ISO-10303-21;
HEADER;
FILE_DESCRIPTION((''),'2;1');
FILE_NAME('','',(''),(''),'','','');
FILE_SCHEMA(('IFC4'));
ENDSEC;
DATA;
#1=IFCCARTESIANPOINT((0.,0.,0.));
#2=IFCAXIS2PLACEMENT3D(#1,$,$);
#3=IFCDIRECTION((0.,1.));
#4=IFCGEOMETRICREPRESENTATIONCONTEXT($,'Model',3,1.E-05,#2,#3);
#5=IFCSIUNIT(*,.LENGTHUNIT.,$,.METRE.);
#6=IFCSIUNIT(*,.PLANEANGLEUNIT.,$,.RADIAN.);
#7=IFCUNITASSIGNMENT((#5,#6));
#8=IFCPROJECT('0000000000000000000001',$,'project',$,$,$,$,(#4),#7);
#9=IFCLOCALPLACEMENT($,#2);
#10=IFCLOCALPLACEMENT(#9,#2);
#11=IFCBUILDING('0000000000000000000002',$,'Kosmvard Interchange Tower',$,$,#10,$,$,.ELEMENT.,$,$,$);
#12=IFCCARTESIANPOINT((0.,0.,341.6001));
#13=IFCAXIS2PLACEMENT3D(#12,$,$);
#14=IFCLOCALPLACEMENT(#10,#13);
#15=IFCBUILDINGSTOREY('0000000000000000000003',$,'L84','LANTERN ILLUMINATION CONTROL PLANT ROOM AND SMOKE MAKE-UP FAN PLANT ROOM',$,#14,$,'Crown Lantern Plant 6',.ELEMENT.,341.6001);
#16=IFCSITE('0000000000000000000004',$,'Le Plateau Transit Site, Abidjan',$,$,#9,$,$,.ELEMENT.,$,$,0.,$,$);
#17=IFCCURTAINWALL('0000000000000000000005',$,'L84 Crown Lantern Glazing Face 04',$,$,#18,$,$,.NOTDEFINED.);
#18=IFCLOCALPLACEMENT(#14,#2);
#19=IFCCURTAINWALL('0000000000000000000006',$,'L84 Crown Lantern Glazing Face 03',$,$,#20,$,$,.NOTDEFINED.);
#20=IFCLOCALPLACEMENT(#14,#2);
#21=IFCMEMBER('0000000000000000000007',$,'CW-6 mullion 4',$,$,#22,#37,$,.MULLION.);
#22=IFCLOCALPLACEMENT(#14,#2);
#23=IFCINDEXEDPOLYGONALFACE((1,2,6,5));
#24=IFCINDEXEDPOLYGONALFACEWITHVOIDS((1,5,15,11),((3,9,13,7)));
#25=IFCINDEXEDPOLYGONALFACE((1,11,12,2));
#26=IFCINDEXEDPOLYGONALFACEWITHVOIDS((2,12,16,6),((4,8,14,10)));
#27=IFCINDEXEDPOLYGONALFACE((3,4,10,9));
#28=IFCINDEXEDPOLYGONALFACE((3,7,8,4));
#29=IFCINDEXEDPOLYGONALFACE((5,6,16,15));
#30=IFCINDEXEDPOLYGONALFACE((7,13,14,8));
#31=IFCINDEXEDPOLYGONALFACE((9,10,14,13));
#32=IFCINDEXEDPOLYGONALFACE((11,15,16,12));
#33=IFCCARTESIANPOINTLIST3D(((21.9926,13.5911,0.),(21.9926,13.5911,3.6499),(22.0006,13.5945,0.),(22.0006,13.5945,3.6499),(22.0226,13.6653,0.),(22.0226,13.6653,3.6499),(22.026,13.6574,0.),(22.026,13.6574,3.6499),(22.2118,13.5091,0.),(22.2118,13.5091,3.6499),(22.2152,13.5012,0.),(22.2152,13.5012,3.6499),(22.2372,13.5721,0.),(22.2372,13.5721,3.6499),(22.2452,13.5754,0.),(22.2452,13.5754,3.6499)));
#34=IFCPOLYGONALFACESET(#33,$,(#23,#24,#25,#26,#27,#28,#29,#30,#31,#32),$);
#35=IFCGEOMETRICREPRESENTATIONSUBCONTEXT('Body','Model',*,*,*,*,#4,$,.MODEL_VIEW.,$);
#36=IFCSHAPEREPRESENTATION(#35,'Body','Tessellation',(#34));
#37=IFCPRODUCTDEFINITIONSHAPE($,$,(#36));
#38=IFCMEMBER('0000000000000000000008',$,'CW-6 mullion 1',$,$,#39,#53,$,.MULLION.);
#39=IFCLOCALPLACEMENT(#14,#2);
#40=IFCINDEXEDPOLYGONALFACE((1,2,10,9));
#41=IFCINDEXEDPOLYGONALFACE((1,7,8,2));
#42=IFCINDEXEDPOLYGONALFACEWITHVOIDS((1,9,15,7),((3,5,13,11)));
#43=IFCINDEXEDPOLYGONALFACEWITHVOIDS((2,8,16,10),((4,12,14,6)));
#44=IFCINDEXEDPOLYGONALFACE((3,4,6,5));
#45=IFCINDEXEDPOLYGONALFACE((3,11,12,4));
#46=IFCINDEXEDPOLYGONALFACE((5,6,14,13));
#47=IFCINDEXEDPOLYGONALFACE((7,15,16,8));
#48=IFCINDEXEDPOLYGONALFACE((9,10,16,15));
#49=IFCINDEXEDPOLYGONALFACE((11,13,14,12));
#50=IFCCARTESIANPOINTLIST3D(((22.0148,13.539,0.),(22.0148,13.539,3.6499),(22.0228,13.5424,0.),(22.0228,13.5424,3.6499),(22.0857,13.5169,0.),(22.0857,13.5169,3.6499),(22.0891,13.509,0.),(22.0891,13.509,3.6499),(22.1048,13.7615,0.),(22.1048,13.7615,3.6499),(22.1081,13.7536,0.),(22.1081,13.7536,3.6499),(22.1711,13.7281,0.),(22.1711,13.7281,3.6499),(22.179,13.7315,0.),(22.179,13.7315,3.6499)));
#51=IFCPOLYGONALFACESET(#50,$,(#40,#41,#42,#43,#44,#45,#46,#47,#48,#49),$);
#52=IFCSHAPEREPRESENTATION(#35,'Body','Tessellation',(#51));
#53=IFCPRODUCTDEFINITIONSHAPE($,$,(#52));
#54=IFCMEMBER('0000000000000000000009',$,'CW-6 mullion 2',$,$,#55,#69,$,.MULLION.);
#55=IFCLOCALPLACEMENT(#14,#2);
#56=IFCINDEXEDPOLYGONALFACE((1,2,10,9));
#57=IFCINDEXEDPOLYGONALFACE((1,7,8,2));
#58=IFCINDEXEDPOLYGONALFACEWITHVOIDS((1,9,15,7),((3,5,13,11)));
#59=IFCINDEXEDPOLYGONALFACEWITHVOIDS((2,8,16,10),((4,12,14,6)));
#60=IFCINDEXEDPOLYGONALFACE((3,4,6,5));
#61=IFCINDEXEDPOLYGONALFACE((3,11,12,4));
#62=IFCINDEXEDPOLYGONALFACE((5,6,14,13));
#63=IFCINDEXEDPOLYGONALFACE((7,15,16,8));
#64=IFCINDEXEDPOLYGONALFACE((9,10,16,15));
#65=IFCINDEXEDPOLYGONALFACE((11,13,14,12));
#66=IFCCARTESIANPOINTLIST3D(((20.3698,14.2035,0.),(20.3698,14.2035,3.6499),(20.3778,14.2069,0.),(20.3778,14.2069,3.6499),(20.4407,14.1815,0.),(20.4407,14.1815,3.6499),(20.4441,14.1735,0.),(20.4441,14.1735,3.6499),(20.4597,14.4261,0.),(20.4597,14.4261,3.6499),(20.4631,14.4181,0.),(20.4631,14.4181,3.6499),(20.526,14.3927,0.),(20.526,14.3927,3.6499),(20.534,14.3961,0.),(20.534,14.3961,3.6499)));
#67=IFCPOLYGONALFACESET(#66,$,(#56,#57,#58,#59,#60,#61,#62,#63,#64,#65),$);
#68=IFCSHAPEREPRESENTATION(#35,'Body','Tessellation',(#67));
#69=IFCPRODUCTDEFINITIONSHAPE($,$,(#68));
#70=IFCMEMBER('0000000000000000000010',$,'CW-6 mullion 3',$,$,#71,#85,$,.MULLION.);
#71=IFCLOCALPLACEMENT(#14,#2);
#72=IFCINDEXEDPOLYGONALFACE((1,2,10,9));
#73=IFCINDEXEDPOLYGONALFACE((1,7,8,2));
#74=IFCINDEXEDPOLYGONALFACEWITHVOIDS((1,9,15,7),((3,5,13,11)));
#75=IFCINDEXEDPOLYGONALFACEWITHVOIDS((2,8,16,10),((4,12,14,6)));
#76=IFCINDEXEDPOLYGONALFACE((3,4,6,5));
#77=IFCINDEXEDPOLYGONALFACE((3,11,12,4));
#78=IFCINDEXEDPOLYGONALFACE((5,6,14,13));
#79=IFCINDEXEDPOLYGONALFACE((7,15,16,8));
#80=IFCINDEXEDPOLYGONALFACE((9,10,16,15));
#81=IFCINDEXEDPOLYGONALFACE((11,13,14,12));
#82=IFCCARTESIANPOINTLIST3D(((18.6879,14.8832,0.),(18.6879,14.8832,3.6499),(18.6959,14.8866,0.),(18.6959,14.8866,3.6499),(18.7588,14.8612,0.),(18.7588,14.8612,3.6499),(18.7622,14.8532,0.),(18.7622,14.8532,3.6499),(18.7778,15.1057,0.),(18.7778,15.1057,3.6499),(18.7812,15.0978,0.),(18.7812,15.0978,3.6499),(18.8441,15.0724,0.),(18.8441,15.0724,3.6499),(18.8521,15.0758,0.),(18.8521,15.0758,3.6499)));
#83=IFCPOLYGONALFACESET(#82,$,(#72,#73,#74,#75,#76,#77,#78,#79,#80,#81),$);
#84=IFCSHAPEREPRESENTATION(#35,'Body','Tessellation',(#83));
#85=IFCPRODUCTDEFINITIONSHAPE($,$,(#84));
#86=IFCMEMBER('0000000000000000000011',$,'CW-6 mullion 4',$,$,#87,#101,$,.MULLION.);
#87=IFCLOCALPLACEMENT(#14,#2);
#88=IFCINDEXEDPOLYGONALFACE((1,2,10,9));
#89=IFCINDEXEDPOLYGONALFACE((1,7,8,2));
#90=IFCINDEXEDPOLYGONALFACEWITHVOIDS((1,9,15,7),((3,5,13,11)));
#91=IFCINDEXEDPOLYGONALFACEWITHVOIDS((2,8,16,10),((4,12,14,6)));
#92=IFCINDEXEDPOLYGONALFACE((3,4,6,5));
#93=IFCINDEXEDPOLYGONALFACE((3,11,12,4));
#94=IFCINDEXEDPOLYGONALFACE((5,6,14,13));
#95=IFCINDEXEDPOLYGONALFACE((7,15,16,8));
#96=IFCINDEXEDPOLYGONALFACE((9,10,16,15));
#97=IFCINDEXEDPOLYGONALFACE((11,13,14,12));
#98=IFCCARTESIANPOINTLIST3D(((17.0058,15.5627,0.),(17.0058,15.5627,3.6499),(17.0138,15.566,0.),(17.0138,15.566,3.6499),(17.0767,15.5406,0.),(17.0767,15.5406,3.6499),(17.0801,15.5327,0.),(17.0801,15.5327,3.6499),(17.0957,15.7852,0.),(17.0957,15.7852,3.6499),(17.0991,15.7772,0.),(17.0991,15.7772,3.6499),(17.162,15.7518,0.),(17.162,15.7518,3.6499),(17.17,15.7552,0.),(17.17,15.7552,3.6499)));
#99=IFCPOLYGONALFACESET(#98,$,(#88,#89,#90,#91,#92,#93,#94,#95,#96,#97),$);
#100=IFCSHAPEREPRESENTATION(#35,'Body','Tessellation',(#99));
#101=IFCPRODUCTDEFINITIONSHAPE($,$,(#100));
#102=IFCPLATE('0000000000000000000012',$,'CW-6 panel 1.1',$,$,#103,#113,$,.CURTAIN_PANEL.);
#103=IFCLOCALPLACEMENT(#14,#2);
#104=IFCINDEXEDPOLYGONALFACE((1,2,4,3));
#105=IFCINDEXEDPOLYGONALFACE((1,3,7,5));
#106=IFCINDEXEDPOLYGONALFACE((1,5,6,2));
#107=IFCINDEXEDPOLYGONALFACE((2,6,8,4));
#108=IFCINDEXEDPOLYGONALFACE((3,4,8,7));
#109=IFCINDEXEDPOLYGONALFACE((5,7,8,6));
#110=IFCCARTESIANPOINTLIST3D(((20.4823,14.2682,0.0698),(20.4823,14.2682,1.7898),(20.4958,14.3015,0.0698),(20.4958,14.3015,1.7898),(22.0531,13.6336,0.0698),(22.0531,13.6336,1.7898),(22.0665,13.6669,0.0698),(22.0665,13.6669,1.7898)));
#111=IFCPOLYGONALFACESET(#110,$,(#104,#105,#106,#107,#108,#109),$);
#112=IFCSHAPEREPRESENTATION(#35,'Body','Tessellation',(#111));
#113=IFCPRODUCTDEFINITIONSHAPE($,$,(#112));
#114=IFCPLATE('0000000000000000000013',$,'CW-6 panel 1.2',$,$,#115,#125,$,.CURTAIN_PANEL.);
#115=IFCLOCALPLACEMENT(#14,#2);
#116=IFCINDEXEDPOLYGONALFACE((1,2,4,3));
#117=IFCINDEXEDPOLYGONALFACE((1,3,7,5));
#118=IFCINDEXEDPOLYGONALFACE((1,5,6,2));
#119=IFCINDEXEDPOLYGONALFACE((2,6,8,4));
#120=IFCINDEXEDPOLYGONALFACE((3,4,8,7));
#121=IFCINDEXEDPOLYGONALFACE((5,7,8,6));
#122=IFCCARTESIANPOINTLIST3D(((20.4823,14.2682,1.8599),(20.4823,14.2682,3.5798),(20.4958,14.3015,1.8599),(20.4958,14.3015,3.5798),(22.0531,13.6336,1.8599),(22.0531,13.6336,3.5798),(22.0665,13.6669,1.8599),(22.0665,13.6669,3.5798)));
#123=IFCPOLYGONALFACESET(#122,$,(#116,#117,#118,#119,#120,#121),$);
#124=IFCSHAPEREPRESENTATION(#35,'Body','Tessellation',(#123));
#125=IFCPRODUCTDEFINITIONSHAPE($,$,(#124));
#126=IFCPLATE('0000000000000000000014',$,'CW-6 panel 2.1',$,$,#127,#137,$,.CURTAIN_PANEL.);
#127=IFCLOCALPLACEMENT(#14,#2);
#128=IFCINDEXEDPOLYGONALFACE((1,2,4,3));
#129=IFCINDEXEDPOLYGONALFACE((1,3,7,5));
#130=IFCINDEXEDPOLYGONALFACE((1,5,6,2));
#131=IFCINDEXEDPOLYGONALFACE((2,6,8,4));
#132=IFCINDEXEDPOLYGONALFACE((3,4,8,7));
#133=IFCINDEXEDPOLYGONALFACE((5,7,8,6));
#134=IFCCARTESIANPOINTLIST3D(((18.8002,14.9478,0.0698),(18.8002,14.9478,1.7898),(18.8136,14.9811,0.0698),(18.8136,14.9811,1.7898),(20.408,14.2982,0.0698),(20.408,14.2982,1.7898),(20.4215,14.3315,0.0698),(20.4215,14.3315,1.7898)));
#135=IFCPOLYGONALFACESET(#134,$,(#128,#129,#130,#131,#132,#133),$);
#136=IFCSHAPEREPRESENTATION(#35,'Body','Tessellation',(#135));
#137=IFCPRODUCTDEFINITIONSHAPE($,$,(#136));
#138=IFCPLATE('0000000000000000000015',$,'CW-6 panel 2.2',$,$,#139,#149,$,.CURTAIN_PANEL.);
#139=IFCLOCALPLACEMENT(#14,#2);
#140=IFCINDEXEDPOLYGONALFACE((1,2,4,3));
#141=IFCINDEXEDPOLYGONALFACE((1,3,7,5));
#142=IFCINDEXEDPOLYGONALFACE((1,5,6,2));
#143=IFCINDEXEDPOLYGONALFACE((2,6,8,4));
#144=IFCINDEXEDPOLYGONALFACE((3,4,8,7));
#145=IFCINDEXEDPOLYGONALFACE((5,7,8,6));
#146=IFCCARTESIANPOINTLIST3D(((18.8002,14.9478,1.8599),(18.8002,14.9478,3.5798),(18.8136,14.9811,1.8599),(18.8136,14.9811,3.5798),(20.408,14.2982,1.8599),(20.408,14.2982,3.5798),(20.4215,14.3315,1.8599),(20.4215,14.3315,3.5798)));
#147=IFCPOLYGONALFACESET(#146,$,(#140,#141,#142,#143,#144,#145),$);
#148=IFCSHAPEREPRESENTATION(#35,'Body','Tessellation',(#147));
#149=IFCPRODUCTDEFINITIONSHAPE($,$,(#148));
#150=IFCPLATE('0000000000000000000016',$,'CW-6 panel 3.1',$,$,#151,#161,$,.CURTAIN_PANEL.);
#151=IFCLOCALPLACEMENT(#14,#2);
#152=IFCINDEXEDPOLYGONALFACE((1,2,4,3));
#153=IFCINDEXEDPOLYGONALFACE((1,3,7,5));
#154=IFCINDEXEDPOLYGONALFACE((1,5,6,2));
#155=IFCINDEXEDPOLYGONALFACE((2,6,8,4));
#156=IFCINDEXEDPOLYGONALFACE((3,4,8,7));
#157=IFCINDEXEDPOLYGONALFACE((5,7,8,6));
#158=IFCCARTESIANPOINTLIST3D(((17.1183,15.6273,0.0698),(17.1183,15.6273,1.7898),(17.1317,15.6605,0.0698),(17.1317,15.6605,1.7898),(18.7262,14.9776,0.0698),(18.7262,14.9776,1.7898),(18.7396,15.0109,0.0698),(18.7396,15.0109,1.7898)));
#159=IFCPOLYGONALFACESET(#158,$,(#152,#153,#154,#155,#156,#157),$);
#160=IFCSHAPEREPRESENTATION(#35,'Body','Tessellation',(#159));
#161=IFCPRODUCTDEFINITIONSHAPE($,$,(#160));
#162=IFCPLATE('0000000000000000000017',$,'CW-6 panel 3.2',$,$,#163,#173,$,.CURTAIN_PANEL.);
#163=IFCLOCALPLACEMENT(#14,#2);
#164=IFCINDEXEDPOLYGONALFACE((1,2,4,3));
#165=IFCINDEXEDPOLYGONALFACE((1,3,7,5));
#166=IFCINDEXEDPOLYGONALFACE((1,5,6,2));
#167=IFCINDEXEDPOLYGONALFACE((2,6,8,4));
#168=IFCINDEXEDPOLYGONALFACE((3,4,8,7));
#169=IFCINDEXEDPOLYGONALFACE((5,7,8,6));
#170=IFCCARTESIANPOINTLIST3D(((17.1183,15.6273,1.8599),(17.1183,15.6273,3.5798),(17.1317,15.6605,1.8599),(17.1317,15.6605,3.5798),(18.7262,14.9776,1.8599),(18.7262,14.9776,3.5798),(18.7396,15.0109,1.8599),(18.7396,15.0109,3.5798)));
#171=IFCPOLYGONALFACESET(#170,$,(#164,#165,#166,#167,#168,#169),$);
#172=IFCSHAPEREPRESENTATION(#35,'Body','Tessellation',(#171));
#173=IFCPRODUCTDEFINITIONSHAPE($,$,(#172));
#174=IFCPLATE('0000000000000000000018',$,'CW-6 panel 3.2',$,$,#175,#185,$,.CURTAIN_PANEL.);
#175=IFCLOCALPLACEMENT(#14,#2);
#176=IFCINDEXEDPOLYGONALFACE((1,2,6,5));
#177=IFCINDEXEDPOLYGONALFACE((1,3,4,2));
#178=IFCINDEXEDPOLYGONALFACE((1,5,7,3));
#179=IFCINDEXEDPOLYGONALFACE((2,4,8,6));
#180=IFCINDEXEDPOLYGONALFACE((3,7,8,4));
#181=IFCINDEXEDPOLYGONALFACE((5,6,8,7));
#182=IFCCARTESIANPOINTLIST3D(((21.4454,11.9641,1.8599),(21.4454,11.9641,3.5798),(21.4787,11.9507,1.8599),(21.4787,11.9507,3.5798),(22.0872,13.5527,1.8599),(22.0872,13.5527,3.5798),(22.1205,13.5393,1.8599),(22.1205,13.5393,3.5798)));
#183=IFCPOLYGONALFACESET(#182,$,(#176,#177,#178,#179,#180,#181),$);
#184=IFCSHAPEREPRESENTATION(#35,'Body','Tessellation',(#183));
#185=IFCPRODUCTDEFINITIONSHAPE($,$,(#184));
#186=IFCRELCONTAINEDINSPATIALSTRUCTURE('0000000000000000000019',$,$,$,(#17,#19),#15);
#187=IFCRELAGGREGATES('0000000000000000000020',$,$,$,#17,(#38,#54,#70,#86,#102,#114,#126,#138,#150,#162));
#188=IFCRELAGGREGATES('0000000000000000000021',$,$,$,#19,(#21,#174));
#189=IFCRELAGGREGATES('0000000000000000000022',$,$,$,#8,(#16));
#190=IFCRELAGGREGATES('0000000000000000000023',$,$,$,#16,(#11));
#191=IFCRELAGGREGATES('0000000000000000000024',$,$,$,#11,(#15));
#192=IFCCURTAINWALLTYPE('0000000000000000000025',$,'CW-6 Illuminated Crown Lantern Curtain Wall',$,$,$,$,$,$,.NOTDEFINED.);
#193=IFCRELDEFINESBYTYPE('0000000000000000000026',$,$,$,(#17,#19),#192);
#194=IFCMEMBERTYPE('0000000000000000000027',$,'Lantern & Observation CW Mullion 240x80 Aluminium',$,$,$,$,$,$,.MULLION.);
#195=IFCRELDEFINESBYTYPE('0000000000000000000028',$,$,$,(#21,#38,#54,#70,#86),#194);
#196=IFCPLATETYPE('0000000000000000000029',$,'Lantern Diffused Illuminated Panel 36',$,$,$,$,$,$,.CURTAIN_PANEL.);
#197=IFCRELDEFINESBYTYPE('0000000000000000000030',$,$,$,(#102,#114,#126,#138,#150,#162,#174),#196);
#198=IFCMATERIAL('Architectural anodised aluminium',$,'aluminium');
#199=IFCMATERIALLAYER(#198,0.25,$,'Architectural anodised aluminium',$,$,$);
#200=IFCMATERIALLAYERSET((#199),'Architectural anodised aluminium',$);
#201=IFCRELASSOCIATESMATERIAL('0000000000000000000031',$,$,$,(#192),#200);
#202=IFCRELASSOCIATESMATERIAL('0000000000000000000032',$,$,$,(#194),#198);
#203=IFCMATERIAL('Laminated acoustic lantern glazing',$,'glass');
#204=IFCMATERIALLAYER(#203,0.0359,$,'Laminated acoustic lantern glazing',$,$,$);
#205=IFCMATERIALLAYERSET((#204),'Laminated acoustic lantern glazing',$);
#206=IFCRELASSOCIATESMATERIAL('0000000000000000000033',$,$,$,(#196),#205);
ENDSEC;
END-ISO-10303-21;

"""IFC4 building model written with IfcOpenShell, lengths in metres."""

from ifc_helpers import new_model, si_unit, direction, frame, origin, origin_2d, place, context, subcontext, project, spatial, rectangle, hollow_rectangle, extrude, source, transform, mapped, material, layer, layer_set, material_profile, profile_set, type_object, element, aggregate, save


model = new_model("IFC4")

# Units and contexts
model_context = context("Model", 3, precision=1e-05, world=origin(), true_north=direction((0.0, 1.0)))
body_context = subcontext(model_context, "Body", "Model", "MODEL_VIEW")
ifc_project = project(units=[si_unit("LENGTHUNIT", "METRE"), si_unit("PLANEANGLEUNIT", "RADIAN")], contexts=[model_context])

# Site, building, storey
site_placement = place(None, origin())
site = spatial("IfcSite", under=ifc_project, at=site_placement, Name="Le Plateau Transit Site, Abidjan", CompositionType="ELEMENT", RefElevation=0.0)
building_placement = place(site_placement, origin())
building = spatial("IfcBuilding", under=site, at=building_placement, Name="Kosmvard Interchange Tower", CompositionType="ELEMENT")
storey_placement = place(building_placement, frame((0.0, 0.0, 341.6001)))
storey = spatial("IfcBuildingStorey", under=building, at=storey_placement, Name="L84", Description="LANTERN ILLUMINATION CONTROL PLANT ROOM AND SMOKE MAKE-UP FAN PLANT ROOM", LongName="Crown Lantern Plant 6", CompositionType="ELEMENT", Elevation=341.6001)

# Curtain wall
ifc_material_1 = material(Name="Architectural anodised aluminium", Category="aluminium")
ifc_layer_1 = layer(ifc_material_1, 0.25, Name="Architectural anodised aluminium")
ifc_layer_set_1 = layer_set([ifc_layer_1], Name="Architectural anodised aluminium")
curtain_wall_type = type_object("IfcCurtainWallType", Name="CW-6 Illuminated Crown Lantern Curtain Wall", PredefinedType="NOTDEFINED", material=ifc_layer_set_1)
curtain_wall_1_placement = place(storey_placement, origin())
curtain_wall_1 = element("IfcCurtainWall", 1, at=curtain_wall_1_placement, inside=storey, type_object=curtain_wall_type, Name="L84 Crown Lantern Glazing Face 04", PredefinedType="NOTDEFINED")

# Curtain wall, member
curtain_wall_2_placement = place(storey_placement, origin())
curtain_wall_2 = element("IfcCurtainWall", 2, at=curtain_wall_2_placement, inside=storey, type_object=curtain_wall_type, Name="L84 Crown Lantern Glazing Face 03", PredefinedType="NOTDEFINED")
ifc_material_profile_1 = material_profile(ifc_material_1, hollow_rectangle(XDim=0.24, YDim=0.0801, WallThickness=0.0061, at=origin_2d()), Name="CWM 240x80x6")
ifc_profile_set_1 = profile_set([ifc_material_profile_1], Name="Architectural anodised aluminium")
member_type_1 = type_object("IfcMemberType", Name="Lantern & Observation CW Mullion 240x80 Aluminium", PredefinedType="MULLION", material=ifc_profile_set_1)
shared_shape_1 = source(origin(), body_context, "Body", "SweptSolid", [
    extrude(hollow_rectangle(XDim=0.24, YDim=0.0801, WallThickness=0.0061, at=origin_2d()), origin(), (0.0, 0.0, 1.0), 3.6499),
])
member_1_placement = place(storey_placement, frame((22.1189, 13.5833, 0.0), z_axis=(0.0, 0.0, 1.0), x_axis=(-0.927184, 0.374607, 0.0)))
member_1 = element("IfcMember", 3, at=member_1_placement, type_object=member_type_1, Name="CW-6 mullion 4", PredefinedType="MULLION", context=body_context, shape_type="MappedRepresentation", body=[
    mapped(shared_shape_1, transform((0.0, 0.0, 0.0), scale=1.0)),
])

# Members
member_2_placement = place(storey_placement, frame((22.0969, 13.6353, 0.0), z_axis=(0.0, 0.0, 1.0), x_axis=(-0.374607, -0.927184, 0.0)))
member_2 = element("IfcMember", 4, at=member_2_placement, type_object=member_type_1, Name="CW-6 mullion 1", PredefinedType="MULLION", context=body_context, shape_type="MappedRepresentation", body=[
    mapped(shared_shape_1, transform((0.0, 0.0, 0.0), scale=1.0)),
])
member_3_placement = place(storey_placement, frame((20.4519, 14.2998, 0.0), z_axis=(0.0, 0.0, 1.0), x_axis=(-0.374607, -0.927184, 0.0)))
member_3 = element("IfcMember", 5, at=member_3_placement, type_object=member_type_1, Name="CW-6 mullion 2", PredefinedType="MULLION", context=body_context, shape_type="MappedRepresentation", body=[
    mapped(shared_shape_1, transform((0.0, 0.0, 0.0), scale=1.0)),
])
member_4_placement = place(storey_placement, frame((18.77, 14.9795, 0.0), z_axis=(0.0, 0.0, 1.0), x_axis=(-0.374607, -0.927184, 0.0)))
member_4 = element("IfcMember", 6, at=member_4_placement, type_object=member_type_1, Name="CW-6 mullion 3", PredefinedType="MULLION", context=body_context, shape_type="MappedRepresentation", body=[
    mapped(shared_shape_1, transform((0.0, 0.0, 0.0), scale=1.0)),
])
member_5_placement = place(storey_placement, frame((17.0879, 15.6589, 0.0), z_axis=(0.0, 0.0, 1.0), x_axis=(-0.374607, -0.927184, 0.0)))
member_5 = element("IfcMember", 7, at=member_5_placement, type_object=member_type_1, Name="CW-6 mullion 4", PredefinedType="MULLION", context=body_context, shape_type="MappedRepresentation", body=[
    mapped(shared_shape_1, transform((0.0, 0.0, 0.0), scale=1.0)),
])

# Plates
ifc_material_2 = material(Name="Laminated acoustic lantern glazing", Category="glass")
ifc_layer_2 = layer(ifc_material_2, 0.0359, Name="Laminated acoustic lantern glazing")
ifc_layer_set_2 = layer_set([ifc_layer_2], Name="Laminated acoustic lantern glazing")
plate_type = type_object("IfcPlateType", Name="Lantern Diffused Illuminated Panel 36", PredefinedType="CURTAIN_PANEL", material=ifc_layer_set_2)
shared_shape_2 = source(origin(), body_context, "Body", "SweptSolid", [
    extrude(rectangle(XDim=1.6941, YDim=0.0359, at=origin_2d()), origin(), (0.0, 0.0, 1.0), 1.72),
])
plate_1_placement = place(storey_placement, frame((21.2744, 13.9675, 0.0698), z_axis=(0.0, 0.0, 1.0), x_axis=(-0.927184, 0.374607, 0.0)))
plate_1 = element("IfcPlate", 8, at=plate_1_placement, type_object=plate_type, Name="CW-6 panel 1.1", PredefinedType="CURTAIN_PANEL", context=body_context, shape_type="MappedRepresentation", body=[
    mapped(shared_shape_2, transform((0.0, 0.0, 0.0), scale=1.0)),
])
plate_2_placement = place(storey_placement, frame((21.2744, 13.9675, 1.8599), z_axis=(0.0, 0.0, 1.0), x_axis=(-0.927184, 0.374607, 0.0)))
plate_2 = element("IfcPlate", 9, at=plate_2_placement, type_object=plate_type, Name="CW-6 panel 1.2", PredefinedType="CURTAIN_PANEL", context=body_context, shape_type="MappedRepresentation", body=[
    mapped(shared_shape_2, transform((0.0, 0.0, 0.0), scale=1.0)),
])
shared_shape_3 = source(origin(), body_context, "Body", "SweptSolid", [
    extrude(rectangle(XDim=1.7341, YDim=0.0359, at=origin_2d()), origin(), (0.0, 0.0, 1.0), 1.72),
])
plate_3_placement = place(storey_placement, frame((19.6108, 14.6396, 0.0698), z_axis=(0.0, 0.0, 1.0), x_axis=(-0.927184, 0.374607, 0.0)))
plate_3 = element("IfcPlate", 10, at=plate_3_placement, type_object=plate_type, Name="CW-6 panel 2.1", PredefinedType="CURTAIN_PANEL", context=body_context, shape_type="MappedRepresentation", body=[
    mapped(shared_shape_3, transform((0.0, 0.0, 0.0), scale=1.0)),
])
plate_4_placement = place(storey_placement, frame((19.6108, 14.6396, 1.8599), z_axis=(0.0, 0.0, 1.0), x_axis=(-0.927184, 0.374607, 0.0)))
plate_4 = element("IfcPlate", 11, at=plate_4_placement, type_object=plate_type, Name="CW-6 panel 2.2", PredefinedType="CURTAIN_PANEL", context=body_context, shape_type="MappedRepresentation", body=[
    mapped(shared_shape_3, transform((0.0, 0.0, 0.0), scale=1.0)),
])
plate_5_placement = place(storey_placement, frame((17.929, 15.3191, 0.0698), z_axis=(0.0, 0.0, 1.0), x_axis=(-0.927184, 0.374607, 0.0)))
plate_5 = element("IfcPlate", 12, at=plate_5_placement, type_object=plate_type, Name="CW-6 panel 3.1", PredefinedType="CURTAIN_PANEL", context=body_context, shape_type="MappedRepresentation", body=[
    mapped(shared_shape_3, transform((0.0, 0.0, 0.0), scale=1.0)),
])
plate_6_placement = place(storey_placement, frame((17.929, 15.3191, 1.8599), z_axis=(0.0, 0.0, 1.0), x_axis=(-0.927184, 0.374607, 0.0)))
plate_6 = element("IfcPlate", 13, at=plate_6_placement, type_object=plate_type, Name="CW-6 panel 3.2", PredefinedType="CURTAIN_PANEL", context=body_context, shape_type="MappedRepresentation", body=[
    mapped(shared_shape_3, transform((0.0, 0.0, 0.0), scale=1.0)),
])
aggregate(curtain_wall_1, [member_2, member_3, member_4, member_5, plate_1, plate_2, plate_3, plate_4, plate_5, plate_6])
shared_shape_4 = source(origin(), body_context, "Body", "SweptSolid", [
    extrude(rectangle(XDim=1.7134, YDim=0.0359, at=origin_2d()), origin(), (0.0, 0.0, 1.0), 1.72),
])
plate_7_placement = place(storey_placement, frame((21.783, 12.7517, 1.8599), z_axis=(0.0, 0.0, 1.0), x_axis=(0.374607, 0.927184, 0.0)))
plate_7 = element("IfcPlate", 14, at=plate_7_placement, type_object=plate_type, Name="CW-6 panel 3.2", PredefinedType="CURTAIN_PANEL", context=body_context, shape_type="MappedRepresentation", body=[
    mapped(shared_shape_4, transform((0.0, 0.0, 0.0), scale=1.0)),
])
aggregate(curtain_wall_2, [member_1, plate_7])

save(model, "model.ifc")
